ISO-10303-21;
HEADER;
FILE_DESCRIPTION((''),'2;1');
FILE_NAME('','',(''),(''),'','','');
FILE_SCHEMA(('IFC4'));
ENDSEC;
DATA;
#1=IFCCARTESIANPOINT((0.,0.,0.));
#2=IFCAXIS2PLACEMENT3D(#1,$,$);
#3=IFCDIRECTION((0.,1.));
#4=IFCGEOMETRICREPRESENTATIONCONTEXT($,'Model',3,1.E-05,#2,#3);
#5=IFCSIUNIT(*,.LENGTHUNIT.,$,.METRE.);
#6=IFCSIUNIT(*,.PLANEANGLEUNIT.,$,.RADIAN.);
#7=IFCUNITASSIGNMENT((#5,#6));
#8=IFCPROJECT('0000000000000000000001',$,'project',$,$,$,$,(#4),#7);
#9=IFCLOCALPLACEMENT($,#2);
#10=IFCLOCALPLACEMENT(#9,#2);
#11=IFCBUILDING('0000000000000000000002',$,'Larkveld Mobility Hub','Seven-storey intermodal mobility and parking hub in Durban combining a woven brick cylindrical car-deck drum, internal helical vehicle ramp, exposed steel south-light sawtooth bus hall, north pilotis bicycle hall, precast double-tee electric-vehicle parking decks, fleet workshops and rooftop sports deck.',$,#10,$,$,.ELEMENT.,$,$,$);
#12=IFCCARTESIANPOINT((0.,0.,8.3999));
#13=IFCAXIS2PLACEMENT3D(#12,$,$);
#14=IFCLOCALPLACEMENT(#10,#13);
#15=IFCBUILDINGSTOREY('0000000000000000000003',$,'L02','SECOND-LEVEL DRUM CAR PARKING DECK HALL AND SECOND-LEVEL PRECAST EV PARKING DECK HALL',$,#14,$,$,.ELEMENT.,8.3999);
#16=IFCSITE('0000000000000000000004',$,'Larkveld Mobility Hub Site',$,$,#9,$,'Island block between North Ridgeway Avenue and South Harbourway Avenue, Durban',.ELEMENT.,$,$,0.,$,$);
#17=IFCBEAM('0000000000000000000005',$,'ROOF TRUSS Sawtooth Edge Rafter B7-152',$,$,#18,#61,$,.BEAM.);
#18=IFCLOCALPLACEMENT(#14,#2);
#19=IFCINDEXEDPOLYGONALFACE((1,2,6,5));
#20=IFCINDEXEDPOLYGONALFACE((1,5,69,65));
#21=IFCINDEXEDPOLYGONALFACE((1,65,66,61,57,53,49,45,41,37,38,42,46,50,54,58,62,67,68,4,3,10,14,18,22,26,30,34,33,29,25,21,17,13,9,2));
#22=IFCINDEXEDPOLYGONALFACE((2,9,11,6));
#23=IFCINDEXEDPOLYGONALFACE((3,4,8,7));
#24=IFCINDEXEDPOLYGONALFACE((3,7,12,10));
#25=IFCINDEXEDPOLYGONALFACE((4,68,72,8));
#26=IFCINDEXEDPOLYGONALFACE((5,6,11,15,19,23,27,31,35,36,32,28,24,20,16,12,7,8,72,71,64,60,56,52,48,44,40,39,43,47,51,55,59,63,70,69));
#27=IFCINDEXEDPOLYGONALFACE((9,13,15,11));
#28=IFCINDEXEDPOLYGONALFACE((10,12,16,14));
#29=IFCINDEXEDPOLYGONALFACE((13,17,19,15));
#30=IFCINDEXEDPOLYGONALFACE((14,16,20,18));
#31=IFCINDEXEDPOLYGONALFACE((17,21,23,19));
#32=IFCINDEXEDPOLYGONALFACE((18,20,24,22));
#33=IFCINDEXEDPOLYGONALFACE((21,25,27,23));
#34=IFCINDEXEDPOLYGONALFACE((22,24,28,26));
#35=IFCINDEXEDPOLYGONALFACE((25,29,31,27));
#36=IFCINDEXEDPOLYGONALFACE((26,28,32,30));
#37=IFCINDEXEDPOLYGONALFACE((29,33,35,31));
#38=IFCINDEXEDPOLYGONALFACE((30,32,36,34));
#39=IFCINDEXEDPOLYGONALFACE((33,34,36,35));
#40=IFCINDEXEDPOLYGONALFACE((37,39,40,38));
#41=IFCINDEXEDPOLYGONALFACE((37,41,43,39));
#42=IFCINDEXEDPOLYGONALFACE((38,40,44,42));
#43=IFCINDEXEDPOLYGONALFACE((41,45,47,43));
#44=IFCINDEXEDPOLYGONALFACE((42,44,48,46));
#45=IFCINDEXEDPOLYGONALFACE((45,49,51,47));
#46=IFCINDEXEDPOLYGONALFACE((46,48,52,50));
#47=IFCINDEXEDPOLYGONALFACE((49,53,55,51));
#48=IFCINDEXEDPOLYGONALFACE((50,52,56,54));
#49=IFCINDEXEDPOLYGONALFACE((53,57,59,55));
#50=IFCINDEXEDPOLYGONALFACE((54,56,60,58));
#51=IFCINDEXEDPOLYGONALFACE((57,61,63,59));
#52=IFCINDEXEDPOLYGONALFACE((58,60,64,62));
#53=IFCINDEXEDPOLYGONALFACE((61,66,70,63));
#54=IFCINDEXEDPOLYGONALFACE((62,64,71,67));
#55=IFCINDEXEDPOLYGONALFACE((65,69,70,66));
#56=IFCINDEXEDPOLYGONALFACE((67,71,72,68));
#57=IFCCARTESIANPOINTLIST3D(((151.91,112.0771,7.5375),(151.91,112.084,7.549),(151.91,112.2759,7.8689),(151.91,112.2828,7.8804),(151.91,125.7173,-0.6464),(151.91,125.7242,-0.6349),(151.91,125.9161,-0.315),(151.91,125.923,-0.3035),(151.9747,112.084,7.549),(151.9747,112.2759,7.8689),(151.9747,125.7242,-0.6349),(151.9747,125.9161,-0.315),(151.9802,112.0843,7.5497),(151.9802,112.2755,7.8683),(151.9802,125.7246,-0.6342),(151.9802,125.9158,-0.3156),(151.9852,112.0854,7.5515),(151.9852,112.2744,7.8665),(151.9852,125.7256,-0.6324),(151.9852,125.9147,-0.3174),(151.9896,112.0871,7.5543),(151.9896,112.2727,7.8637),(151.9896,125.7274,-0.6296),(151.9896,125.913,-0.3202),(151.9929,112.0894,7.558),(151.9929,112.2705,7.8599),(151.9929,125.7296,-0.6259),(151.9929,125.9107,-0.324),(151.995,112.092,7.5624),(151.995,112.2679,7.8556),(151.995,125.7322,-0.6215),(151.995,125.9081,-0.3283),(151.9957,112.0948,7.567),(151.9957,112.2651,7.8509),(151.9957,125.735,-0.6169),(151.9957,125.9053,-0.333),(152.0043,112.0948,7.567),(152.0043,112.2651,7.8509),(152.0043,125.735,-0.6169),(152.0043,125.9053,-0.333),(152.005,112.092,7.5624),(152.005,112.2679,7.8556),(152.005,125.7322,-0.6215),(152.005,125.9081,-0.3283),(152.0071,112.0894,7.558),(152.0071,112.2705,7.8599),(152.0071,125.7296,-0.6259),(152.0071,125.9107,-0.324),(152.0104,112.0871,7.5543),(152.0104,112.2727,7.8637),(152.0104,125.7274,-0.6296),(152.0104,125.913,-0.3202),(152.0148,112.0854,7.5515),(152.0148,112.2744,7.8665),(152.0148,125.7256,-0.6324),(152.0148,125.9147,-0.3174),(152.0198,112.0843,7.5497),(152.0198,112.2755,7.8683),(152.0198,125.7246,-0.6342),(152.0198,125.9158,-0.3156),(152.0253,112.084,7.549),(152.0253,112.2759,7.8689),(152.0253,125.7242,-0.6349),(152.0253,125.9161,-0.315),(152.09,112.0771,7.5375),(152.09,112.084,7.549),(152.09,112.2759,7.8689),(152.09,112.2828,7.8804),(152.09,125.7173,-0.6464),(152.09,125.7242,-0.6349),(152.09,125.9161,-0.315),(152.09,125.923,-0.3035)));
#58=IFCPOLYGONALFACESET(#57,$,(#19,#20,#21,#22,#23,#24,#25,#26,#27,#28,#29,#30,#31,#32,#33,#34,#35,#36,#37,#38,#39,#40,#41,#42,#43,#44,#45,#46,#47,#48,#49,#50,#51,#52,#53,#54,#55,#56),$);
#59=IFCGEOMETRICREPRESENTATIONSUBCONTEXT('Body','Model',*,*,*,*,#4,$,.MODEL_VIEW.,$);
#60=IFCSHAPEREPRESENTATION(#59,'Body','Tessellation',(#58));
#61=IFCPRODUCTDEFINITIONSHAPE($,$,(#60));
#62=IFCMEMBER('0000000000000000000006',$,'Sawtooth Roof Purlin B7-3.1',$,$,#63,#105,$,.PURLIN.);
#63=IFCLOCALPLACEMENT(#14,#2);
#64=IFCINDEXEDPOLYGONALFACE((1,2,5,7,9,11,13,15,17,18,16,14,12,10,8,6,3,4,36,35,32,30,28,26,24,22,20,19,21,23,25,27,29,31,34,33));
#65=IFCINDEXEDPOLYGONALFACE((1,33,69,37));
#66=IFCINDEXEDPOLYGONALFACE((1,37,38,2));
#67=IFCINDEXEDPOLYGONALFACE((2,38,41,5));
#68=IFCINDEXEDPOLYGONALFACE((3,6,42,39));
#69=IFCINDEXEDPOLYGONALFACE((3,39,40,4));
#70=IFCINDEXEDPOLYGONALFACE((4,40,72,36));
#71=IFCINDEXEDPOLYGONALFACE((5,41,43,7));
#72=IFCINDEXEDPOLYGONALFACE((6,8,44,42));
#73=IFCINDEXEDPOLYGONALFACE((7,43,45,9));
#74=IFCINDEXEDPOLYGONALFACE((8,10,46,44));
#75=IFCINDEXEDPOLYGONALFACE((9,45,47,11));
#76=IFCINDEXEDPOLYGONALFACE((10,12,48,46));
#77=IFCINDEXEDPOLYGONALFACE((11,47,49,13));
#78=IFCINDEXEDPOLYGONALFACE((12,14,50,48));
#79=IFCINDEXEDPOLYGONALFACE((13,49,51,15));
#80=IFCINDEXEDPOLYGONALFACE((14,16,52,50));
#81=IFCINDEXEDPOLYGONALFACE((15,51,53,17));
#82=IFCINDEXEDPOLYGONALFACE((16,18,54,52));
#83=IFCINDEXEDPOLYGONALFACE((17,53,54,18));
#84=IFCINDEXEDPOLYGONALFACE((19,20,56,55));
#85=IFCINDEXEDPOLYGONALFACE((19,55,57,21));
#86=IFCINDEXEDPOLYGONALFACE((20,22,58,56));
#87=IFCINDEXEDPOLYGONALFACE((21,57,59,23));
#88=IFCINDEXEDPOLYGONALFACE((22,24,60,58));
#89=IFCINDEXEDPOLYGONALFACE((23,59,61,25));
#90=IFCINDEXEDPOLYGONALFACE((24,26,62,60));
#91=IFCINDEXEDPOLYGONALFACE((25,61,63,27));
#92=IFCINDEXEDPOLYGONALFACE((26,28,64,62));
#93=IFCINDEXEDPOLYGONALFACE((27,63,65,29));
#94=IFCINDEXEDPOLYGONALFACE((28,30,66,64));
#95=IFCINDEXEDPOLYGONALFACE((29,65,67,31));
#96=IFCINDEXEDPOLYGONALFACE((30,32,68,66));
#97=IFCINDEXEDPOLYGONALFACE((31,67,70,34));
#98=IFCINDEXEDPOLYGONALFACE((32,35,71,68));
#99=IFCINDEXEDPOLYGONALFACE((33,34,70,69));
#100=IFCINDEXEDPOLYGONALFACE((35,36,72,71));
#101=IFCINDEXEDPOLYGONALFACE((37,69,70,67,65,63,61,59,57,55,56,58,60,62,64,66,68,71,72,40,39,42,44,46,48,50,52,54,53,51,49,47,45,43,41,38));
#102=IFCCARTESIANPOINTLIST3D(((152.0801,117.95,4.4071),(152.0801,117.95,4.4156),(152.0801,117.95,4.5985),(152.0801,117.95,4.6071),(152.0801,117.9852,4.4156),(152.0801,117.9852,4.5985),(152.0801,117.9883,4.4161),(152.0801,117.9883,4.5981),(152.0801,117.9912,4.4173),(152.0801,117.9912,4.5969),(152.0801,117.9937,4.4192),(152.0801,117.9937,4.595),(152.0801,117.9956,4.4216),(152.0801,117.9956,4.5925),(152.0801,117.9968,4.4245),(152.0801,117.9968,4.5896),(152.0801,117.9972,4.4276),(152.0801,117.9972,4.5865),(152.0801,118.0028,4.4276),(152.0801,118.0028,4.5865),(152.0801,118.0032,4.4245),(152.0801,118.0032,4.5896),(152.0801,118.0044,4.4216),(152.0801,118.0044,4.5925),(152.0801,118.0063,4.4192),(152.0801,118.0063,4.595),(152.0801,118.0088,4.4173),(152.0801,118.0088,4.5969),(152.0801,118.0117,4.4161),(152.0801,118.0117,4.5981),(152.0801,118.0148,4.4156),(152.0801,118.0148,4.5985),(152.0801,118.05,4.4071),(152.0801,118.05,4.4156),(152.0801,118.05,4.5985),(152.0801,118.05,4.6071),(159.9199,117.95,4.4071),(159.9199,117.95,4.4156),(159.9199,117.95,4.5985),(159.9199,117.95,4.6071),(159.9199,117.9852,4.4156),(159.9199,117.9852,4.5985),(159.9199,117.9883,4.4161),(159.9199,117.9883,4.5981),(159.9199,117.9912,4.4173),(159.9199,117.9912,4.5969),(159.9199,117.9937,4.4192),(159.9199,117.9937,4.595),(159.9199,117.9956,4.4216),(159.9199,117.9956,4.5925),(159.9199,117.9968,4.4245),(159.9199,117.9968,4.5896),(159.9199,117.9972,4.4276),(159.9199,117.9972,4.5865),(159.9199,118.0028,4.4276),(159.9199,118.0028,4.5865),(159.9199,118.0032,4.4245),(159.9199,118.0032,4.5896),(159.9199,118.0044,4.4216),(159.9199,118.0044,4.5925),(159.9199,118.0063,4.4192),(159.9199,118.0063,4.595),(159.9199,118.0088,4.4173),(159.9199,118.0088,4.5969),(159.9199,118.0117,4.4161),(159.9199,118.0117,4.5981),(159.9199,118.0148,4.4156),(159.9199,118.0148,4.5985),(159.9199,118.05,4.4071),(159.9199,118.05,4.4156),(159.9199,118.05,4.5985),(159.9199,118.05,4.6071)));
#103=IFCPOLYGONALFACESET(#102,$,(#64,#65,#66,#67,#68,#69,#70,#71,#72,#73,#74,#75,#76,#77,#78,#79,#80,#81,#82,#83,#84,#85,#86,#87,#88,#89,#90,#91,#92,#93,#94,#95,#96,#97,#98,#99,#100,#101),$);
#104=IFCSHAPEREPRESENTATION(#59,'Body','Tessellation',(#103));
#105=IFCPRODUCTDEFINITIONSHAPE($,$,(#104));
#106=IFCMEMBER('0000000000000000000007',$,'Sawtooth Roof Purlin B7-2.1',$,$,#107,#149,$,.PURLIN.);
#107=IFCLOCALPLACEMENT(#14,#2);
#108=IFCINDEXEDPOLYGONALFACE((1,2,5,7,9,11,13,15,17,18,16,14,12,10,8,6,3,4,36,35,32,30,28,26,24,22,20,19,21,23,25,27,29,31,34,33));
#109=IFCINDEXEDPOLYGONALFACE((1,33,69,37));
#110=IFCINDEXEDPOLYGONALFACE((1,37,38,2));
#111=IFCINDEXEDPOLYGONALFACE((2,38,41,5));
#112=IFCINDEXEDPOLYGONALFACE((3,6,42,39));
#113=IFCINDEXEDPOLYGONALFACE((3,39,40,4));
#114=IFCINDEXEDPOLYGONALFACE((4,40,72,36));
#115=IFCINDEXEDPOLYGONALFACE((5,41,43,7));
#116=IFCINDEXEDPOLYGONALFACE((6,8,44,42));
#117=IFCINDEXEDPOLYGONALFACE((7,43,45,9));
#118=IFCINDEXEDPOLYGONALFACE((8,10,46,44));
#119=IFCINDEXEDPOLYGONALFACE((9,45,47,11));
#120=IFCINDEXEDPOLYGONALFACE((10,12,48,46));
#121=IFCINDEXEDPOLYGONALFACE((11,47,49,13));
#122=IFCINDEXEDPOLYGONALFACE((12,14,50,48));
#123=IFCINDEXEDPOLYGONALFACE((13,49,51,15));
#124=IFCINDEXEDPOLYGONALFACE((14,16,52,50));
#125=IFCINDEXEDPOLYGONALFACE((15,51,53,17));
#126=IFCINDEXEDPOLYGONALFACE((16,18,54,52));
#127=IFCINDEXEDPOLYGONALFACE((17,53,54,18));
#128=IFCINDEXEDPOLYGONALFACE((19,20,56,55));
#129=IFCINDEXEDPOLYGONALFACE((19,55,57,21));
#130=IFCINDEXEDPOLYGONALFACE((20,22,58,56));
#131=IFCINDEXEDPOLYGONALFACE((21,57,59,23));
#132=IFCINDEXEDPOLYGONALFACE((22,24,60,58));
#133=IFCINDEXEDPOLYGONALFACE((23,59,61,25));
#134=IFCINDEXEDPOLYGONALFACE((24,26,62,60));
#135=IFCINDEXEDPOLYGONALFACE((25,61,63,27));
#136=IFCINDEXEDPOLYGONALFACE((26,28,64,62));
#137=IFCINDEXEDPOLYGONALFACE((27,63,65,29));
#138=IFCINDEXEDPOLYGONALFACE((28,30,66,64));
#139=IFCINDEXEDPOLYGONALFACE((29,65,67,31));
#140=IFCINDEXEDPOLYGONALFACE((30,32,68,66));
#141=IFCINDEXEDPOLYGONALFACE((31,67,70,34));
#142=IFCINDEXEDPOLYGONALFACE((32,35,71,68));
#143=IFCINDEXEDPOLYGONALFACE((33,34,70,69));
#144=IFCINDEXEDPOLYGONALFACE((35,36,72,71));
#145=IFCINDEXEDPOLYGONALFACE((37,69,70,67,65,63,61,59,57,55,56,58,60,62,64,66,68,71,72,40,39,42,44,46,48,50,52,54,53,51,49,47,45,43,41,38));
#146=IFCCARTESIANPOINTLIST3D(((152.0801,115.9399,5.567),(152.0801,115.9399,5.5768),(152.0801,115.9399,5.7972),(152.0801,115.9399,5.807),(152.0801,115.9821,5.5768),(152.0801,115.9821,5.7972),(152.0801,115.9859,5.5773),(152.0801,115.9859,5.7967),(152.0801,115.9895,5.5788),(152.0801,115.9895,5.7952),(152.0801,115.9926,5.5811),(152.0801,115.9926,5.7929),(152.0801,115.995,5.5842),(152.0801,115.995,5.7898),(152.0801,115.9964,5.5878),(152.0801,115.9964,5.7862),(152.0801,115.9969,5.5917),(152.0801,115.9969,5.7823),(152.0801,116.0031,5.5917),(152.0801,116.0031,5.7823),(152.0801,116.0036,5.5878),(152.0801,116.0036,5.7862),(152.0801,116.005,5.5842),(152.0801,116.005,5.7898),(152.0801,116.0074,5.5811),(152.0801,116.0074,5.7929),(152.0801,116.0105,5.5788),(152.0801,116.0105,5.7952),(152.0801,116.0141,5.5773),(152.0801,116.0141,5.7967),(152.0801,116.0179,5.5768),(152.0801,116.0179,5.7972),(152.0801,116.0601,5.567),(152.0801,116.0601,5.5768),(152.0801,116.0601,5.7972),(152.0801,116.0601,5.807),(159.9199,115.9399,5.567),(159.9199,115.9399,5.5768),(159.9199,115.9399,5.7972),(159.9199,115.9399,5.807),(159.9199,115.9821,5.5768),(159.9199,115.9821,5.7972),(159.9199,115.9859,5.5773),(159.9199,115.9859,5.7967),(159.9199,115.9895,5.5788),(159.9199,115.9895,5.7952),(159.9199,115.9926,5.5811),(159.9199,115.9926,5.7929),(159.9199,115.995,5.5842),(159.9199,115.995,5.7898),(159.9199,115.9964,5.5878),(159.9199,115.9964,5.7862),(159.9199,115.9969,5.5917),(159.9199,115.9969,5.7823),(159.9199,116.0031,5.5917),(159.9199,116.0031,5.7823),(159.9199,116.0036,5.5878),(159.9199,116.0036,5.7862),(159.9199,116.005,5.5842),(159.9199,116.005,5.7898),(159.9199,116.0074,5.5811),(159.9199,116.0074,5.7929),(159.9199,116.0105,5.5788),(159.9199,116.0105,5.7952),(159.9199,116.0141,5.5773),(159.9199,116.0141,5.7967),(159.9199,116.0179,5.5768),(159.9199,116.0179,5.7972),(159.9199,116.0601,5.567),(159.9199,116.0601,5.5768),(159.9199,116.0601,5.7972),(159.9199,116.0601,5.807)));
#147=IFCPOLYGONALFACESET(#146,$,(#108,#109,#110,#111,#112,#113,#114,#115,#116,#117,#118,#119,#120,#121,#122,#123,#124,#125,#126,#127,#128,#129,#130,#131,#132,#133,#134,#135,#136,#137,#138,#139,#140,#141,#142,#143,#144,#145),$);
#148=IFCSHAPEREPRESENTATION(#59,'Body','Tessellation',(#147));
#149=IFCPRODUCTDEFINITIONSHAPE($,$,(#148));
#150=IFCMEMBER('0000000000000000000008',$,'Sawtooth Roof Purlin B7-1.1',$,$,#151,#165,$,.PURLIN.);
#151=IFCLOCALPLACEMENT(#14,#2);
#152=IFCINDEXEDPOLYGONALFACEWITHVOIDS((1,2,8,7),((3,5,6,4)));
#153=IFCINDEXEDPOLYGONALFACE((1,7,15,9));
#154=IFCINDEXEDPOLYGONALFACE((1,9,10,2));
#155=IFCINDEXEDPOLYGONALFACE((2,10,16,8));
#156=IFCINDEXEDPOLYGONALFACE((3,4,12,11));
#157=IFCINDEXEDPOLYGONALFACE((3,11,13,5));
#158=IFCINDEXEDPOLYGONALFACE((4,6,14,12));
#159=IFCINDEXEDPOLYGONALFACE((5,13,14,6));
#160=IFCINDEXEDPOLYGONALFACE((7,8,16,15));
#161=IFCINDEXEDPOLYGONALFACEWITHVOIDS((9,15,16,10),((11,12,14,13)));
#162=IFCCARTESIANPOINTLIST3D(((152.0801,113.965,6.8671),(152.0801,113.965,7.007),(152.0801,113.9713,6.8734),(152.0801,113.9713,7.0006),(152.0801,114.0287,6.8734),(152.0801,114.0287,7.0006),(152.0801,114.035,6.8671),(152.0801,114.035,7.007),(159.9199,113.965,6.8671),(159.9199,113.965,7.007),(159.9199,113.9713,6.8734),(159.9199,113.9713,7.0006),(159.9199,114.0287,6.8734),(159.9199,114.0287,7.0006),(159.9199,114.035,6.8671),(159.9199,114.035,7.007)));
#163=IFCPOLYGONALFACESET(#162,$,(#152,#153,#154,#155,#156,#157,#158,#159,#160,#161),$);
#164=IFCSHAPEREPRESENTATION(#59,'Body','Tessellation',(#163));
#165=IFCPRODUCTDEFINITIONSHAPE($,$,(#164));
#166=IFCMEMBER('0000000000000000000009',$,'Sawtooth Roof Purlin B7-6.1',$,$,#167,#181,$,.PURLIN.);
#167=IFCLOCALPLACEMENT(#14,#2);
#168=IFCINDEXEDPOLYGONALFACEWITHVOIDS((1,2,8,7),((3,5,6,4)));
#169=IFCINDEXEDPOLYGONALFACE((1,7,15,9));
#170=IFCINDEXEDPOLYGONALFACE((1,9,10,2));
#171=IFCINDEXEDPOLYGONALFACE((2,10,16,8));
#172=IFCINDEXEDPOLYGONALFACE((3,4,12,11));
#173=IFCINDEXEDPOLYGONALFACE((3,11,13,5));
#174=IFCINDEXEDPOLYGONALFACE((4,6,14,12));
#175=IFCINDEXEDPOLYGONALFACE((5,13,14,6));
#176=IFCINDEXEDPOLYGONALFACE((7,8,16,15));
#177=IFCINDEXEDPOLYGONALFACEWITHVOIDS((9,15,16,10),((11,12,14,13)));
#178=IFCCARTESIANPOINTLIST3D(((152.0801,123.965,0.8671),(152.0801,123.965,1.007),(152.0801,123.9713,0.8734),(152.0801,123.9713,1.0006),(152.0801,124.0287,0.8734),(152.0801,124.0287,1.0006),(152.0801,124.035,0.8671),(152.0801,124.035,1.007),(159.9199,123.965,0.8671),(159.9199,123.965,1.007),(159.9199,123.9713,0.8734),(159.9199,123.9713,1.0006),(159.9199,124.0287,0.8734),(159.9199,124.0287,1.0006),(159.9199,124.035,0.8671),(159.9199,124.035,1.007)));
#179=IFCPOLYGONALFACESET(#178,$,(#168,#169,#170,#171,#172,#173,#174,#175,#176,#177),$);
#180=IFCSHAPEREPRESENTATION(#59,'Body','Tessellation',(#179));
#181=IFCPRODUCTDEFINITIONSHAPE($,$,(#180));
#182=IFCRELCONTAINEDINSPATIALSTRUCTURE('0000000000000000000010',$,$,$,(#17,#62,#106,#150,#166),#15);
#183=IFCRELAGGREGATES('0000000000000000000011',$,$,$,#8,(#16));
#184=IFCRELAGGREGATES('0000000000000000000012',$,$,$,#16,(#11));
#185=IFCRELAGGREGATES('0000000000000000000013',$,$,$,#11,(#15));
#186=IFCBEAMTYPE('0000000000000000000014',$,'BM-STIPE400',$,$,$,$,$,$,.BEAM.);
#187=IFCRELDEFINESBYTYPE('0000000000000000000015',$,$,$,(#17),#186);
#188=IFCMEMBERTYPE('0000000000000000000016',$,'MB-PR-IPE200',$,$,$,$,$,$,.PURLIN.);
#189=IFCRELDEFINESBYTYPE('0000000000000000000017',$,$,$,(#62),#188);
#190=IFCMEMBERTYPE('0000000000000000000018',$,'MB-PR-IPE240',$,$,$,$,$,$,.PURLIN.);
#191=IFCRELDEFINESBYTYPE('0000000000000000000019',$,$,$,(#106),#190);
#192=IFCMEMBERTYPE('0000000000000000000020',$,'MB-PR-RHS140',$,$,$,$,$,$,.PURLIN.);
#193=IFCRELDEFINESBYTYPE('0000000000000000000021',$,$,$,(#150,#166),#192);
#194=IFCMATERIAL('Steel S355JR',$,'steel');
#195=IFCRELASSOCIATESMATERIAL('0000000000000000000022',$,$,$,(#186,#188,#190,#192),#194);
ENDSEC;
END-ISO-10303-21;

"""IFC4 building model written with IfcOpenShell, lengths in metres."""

from ifc_helpers import new_model, si_unit, direction, frame, origin, origin_2d, place, context, subcontext, project, spatial, hollow_rectangle, i_section, extrude, material, material_profile, profile_set, type_object, element, save


model = new_model("IFC4")

# Units and contexts
model_context = context("Model", 3, precision=1e-05, world=origin(), true_north=direction((0.0, 1.0)))
body_context = subcontext(model_context, "Body", "Model", "MODEL_VIEW")
ifc_project = project(units=[si_unit("LENGTHUNIT", "METRE"), si_unit("PLANEANGLEUNIT", "RADIAN")], contexts=[model_context])

# Site, building, storey
site_placement = place(None, origin())
site = spatial("IfcSite", under=ifc_project, at=site_placement, Name="Larkveld Mobility Hub Site", LongName="Island block between North Ridgeway Avenue and South Harbourway Avenue, Durban", CompositionType="ELEMENT", RefElevation=0.0)
building_placement = place(site_placement, origin())
building = spatial("IfcBuilding", under=site, at=building_placement, Name="Larkveld Mobility Hub", Description="Seven-storey intermodal mobility and parking hub in Durban combining a woven brick cylindrical car-deck drum, internal helical vehicle ramp, exposed steel south-light sawtooth bus hall, north pilotis bicycle hall, precast double-tee electric-vehicle parking decks, fleet workshops and rooftop sports deck.", CompositionType="ELEMENT")
storey_placement = place(building_placement, frame((0.0, 0.0, 8.3999)))
storey = spatial("IfcBuildingStorey", under=building, at=storey_placement, Name="L02", Description="SECOND-LEVEL DRUM CAR PARKING DECK HALL AND SECOND-LEVEL PRECAST EV PARKING DECK HALL", CompositionType="ELEMENT", Elevation=8.3999)

# Beam
ifc_material_1 = material(Name="Steel S355JR", Category="steel")
ifc_material_profile_1 = material_profile(ifc_material_1, i_section(OverallWidth=0.1799, OverallDepth=0.3999, WebThickness=0.0085, FlangeThickness=0.0134, FilletRadius=0.021, at=origin_2d()), Name="IPE 400")
ifc_profile_set_1 = profile_set([ifc_material_profile_1], Name="Steel S355JR")
beam_type = type_object("IfcBeamType", Name="BM-STIPE400", PredefinedType="BEAM", material=ifc_profile_set_1)
beam_placement = place(storey_placement, frame((152.0, 112.1799, 7.709), z_axis=(0.0, 0.8575, -0.514484), x_axis=(-1.0, 0.0, 0.0)))
element("IfcBeam", 1, at=beam_placement, inside=storey, type_object=beam_type, Name="ROOF TRUSS Sawtooth Edge Rafter B7-152", PredefinedType="BEAM", context=body_context, shape_type="SweptSolid", body=[
    extrude(i_section(OverallWidth=0.1799, OverallDepth=0.3999, WebThickness=0.0085, FlangeThickness=0.0134, FilletRadius=0.021, at=origin_2d()), origin(), (0.0, 0.0, 1.0), 15.907),
])

# Members
ifc_material_profile_2 = material_profile(ifc_material_1, i_section(OverallWidth=0.1001, OverallDepth=0.2, WebThickness=0.0056, FlangeThickness=0.0085, FilletRadius=0.012, at=origin_2d()), Name="IPE 200")
ifc_profile_set_2 = profile_set([ifc_material_profile_2], Name="Steel S355JR")
member_type_1 = type_object("IfcMemberType", Name="MB-PR-IPE200", PredefinedType="PURLIN", material=ifc_profile_set_2)
member_1_placement = place(storey_placement, frame((152.0801, 118.0, 4.5071), z_axis=(1.0, 0.0, 0.0), x_axis=(0.0, 1.0, 0.0)))
element("IfcMember", 2, at=member_1_placement, inside=storey, type_object=member_type_1, Name="Sawtooth Roof Purlin B7-3.1", PredefinedType="PURLIN", context=body_context, shape_type="SweptSolid", body=[
    extrude(i_section(OverallWidth=0.1001, OverallDepth=0.2, WebThickness=0.0056, FlangeThickness=0.0085, FilletRadius=0.012, at=origin_2d()), origin(), (0.0, 0.0, 1.0), 7.8398),
])
ifc_material_profile_3 = material_profile(ifc_material_1, i_section(OverallWidth=0.1201, OverallDepth=0.24, WebThickness=0.0061, FlangeThickness=0.0098, FilletRadius=0.0149, at=origin_2d()), Name="IPE 240")
ifc_profile_set_3 = profile_set([ifc_material_profile_3], Name="Steel S355JR")
member_type_2 = type_object("IfcMemberType", Name="MB-PR-IPE240", PredefinedType="PURLIN", material=ifc_profile_set_3)
member_2_placement = place(storey_placement, frame((152.0801, 116.0, 5.687), z_axis=(1.0, 0.0, 0.0), x_axis=(0.0, 1.0, 0.0)))
element("IfcMember", 3, at=member_2_placement, inside=storey, type_object=member_type_2, Name="Sawtooth Roof Purlin B7-2.1", PredefinedType="PURLIN", context=body_context, shape_type="SweptSolid", body=[
    extrude(i_section(OverallWidth=0.1201, OverallDepth=0.24, WebThickness=0.0061, FlangeThickness=0.0098, FilletRadius=0.0149, at=origin_2d()), origin(), (0.0, 0.0, 1.0), 7.8398),
])
ifc_material_profile_4 = material_profile(ifc_material_1, hollow_rectangle(XDim=0.0701, YDim=0.1399, WallThickness=0.0063, at=origin_2d()), Name="RHS 140x70x6.3")
ifc_profile_set_4 = profile_set([ifc_material_profile_4], Name="Steel S355JR")
member_type_3 = type_object("IfcMemberType", Name="MB-PR-RHS140", PredefinedType="PURLIN", material=ifc_profile_set_4)
for number, where, z_axis, x_axis, name in (
    (4, (152.0801, 114.0, 6.937), (1.0, 0.0, 0.0), (0.0, 1.0, 0.0), "Sawtooth Roof Purlin B7-1.1"),
    (5, (152.0801, 124.0, 0.937), (1.0, 0.0, 0.0), (0.0, 1.0, 0.0), "Sawtooth Roof Purlin B7-6.1"),
):
    element("IfcMember", number, at=place(storey_placement, frame(where, z_axis=z_axis, x_axis=x_axis)), inside=storey, type_object=member_type_3, Name=name, PredefinedType="PURLIN", context=body_context, shape_type="SweptSolid", body=[
        extrude(hollow_rectangle(XDim=0.0701, YDim=0.1399, WallThickness=0.0063, at=origin_2d()), origin(), (0.0, 0.0, 1.0), 7.8398),
    ])

save(model, "model.ifc")
